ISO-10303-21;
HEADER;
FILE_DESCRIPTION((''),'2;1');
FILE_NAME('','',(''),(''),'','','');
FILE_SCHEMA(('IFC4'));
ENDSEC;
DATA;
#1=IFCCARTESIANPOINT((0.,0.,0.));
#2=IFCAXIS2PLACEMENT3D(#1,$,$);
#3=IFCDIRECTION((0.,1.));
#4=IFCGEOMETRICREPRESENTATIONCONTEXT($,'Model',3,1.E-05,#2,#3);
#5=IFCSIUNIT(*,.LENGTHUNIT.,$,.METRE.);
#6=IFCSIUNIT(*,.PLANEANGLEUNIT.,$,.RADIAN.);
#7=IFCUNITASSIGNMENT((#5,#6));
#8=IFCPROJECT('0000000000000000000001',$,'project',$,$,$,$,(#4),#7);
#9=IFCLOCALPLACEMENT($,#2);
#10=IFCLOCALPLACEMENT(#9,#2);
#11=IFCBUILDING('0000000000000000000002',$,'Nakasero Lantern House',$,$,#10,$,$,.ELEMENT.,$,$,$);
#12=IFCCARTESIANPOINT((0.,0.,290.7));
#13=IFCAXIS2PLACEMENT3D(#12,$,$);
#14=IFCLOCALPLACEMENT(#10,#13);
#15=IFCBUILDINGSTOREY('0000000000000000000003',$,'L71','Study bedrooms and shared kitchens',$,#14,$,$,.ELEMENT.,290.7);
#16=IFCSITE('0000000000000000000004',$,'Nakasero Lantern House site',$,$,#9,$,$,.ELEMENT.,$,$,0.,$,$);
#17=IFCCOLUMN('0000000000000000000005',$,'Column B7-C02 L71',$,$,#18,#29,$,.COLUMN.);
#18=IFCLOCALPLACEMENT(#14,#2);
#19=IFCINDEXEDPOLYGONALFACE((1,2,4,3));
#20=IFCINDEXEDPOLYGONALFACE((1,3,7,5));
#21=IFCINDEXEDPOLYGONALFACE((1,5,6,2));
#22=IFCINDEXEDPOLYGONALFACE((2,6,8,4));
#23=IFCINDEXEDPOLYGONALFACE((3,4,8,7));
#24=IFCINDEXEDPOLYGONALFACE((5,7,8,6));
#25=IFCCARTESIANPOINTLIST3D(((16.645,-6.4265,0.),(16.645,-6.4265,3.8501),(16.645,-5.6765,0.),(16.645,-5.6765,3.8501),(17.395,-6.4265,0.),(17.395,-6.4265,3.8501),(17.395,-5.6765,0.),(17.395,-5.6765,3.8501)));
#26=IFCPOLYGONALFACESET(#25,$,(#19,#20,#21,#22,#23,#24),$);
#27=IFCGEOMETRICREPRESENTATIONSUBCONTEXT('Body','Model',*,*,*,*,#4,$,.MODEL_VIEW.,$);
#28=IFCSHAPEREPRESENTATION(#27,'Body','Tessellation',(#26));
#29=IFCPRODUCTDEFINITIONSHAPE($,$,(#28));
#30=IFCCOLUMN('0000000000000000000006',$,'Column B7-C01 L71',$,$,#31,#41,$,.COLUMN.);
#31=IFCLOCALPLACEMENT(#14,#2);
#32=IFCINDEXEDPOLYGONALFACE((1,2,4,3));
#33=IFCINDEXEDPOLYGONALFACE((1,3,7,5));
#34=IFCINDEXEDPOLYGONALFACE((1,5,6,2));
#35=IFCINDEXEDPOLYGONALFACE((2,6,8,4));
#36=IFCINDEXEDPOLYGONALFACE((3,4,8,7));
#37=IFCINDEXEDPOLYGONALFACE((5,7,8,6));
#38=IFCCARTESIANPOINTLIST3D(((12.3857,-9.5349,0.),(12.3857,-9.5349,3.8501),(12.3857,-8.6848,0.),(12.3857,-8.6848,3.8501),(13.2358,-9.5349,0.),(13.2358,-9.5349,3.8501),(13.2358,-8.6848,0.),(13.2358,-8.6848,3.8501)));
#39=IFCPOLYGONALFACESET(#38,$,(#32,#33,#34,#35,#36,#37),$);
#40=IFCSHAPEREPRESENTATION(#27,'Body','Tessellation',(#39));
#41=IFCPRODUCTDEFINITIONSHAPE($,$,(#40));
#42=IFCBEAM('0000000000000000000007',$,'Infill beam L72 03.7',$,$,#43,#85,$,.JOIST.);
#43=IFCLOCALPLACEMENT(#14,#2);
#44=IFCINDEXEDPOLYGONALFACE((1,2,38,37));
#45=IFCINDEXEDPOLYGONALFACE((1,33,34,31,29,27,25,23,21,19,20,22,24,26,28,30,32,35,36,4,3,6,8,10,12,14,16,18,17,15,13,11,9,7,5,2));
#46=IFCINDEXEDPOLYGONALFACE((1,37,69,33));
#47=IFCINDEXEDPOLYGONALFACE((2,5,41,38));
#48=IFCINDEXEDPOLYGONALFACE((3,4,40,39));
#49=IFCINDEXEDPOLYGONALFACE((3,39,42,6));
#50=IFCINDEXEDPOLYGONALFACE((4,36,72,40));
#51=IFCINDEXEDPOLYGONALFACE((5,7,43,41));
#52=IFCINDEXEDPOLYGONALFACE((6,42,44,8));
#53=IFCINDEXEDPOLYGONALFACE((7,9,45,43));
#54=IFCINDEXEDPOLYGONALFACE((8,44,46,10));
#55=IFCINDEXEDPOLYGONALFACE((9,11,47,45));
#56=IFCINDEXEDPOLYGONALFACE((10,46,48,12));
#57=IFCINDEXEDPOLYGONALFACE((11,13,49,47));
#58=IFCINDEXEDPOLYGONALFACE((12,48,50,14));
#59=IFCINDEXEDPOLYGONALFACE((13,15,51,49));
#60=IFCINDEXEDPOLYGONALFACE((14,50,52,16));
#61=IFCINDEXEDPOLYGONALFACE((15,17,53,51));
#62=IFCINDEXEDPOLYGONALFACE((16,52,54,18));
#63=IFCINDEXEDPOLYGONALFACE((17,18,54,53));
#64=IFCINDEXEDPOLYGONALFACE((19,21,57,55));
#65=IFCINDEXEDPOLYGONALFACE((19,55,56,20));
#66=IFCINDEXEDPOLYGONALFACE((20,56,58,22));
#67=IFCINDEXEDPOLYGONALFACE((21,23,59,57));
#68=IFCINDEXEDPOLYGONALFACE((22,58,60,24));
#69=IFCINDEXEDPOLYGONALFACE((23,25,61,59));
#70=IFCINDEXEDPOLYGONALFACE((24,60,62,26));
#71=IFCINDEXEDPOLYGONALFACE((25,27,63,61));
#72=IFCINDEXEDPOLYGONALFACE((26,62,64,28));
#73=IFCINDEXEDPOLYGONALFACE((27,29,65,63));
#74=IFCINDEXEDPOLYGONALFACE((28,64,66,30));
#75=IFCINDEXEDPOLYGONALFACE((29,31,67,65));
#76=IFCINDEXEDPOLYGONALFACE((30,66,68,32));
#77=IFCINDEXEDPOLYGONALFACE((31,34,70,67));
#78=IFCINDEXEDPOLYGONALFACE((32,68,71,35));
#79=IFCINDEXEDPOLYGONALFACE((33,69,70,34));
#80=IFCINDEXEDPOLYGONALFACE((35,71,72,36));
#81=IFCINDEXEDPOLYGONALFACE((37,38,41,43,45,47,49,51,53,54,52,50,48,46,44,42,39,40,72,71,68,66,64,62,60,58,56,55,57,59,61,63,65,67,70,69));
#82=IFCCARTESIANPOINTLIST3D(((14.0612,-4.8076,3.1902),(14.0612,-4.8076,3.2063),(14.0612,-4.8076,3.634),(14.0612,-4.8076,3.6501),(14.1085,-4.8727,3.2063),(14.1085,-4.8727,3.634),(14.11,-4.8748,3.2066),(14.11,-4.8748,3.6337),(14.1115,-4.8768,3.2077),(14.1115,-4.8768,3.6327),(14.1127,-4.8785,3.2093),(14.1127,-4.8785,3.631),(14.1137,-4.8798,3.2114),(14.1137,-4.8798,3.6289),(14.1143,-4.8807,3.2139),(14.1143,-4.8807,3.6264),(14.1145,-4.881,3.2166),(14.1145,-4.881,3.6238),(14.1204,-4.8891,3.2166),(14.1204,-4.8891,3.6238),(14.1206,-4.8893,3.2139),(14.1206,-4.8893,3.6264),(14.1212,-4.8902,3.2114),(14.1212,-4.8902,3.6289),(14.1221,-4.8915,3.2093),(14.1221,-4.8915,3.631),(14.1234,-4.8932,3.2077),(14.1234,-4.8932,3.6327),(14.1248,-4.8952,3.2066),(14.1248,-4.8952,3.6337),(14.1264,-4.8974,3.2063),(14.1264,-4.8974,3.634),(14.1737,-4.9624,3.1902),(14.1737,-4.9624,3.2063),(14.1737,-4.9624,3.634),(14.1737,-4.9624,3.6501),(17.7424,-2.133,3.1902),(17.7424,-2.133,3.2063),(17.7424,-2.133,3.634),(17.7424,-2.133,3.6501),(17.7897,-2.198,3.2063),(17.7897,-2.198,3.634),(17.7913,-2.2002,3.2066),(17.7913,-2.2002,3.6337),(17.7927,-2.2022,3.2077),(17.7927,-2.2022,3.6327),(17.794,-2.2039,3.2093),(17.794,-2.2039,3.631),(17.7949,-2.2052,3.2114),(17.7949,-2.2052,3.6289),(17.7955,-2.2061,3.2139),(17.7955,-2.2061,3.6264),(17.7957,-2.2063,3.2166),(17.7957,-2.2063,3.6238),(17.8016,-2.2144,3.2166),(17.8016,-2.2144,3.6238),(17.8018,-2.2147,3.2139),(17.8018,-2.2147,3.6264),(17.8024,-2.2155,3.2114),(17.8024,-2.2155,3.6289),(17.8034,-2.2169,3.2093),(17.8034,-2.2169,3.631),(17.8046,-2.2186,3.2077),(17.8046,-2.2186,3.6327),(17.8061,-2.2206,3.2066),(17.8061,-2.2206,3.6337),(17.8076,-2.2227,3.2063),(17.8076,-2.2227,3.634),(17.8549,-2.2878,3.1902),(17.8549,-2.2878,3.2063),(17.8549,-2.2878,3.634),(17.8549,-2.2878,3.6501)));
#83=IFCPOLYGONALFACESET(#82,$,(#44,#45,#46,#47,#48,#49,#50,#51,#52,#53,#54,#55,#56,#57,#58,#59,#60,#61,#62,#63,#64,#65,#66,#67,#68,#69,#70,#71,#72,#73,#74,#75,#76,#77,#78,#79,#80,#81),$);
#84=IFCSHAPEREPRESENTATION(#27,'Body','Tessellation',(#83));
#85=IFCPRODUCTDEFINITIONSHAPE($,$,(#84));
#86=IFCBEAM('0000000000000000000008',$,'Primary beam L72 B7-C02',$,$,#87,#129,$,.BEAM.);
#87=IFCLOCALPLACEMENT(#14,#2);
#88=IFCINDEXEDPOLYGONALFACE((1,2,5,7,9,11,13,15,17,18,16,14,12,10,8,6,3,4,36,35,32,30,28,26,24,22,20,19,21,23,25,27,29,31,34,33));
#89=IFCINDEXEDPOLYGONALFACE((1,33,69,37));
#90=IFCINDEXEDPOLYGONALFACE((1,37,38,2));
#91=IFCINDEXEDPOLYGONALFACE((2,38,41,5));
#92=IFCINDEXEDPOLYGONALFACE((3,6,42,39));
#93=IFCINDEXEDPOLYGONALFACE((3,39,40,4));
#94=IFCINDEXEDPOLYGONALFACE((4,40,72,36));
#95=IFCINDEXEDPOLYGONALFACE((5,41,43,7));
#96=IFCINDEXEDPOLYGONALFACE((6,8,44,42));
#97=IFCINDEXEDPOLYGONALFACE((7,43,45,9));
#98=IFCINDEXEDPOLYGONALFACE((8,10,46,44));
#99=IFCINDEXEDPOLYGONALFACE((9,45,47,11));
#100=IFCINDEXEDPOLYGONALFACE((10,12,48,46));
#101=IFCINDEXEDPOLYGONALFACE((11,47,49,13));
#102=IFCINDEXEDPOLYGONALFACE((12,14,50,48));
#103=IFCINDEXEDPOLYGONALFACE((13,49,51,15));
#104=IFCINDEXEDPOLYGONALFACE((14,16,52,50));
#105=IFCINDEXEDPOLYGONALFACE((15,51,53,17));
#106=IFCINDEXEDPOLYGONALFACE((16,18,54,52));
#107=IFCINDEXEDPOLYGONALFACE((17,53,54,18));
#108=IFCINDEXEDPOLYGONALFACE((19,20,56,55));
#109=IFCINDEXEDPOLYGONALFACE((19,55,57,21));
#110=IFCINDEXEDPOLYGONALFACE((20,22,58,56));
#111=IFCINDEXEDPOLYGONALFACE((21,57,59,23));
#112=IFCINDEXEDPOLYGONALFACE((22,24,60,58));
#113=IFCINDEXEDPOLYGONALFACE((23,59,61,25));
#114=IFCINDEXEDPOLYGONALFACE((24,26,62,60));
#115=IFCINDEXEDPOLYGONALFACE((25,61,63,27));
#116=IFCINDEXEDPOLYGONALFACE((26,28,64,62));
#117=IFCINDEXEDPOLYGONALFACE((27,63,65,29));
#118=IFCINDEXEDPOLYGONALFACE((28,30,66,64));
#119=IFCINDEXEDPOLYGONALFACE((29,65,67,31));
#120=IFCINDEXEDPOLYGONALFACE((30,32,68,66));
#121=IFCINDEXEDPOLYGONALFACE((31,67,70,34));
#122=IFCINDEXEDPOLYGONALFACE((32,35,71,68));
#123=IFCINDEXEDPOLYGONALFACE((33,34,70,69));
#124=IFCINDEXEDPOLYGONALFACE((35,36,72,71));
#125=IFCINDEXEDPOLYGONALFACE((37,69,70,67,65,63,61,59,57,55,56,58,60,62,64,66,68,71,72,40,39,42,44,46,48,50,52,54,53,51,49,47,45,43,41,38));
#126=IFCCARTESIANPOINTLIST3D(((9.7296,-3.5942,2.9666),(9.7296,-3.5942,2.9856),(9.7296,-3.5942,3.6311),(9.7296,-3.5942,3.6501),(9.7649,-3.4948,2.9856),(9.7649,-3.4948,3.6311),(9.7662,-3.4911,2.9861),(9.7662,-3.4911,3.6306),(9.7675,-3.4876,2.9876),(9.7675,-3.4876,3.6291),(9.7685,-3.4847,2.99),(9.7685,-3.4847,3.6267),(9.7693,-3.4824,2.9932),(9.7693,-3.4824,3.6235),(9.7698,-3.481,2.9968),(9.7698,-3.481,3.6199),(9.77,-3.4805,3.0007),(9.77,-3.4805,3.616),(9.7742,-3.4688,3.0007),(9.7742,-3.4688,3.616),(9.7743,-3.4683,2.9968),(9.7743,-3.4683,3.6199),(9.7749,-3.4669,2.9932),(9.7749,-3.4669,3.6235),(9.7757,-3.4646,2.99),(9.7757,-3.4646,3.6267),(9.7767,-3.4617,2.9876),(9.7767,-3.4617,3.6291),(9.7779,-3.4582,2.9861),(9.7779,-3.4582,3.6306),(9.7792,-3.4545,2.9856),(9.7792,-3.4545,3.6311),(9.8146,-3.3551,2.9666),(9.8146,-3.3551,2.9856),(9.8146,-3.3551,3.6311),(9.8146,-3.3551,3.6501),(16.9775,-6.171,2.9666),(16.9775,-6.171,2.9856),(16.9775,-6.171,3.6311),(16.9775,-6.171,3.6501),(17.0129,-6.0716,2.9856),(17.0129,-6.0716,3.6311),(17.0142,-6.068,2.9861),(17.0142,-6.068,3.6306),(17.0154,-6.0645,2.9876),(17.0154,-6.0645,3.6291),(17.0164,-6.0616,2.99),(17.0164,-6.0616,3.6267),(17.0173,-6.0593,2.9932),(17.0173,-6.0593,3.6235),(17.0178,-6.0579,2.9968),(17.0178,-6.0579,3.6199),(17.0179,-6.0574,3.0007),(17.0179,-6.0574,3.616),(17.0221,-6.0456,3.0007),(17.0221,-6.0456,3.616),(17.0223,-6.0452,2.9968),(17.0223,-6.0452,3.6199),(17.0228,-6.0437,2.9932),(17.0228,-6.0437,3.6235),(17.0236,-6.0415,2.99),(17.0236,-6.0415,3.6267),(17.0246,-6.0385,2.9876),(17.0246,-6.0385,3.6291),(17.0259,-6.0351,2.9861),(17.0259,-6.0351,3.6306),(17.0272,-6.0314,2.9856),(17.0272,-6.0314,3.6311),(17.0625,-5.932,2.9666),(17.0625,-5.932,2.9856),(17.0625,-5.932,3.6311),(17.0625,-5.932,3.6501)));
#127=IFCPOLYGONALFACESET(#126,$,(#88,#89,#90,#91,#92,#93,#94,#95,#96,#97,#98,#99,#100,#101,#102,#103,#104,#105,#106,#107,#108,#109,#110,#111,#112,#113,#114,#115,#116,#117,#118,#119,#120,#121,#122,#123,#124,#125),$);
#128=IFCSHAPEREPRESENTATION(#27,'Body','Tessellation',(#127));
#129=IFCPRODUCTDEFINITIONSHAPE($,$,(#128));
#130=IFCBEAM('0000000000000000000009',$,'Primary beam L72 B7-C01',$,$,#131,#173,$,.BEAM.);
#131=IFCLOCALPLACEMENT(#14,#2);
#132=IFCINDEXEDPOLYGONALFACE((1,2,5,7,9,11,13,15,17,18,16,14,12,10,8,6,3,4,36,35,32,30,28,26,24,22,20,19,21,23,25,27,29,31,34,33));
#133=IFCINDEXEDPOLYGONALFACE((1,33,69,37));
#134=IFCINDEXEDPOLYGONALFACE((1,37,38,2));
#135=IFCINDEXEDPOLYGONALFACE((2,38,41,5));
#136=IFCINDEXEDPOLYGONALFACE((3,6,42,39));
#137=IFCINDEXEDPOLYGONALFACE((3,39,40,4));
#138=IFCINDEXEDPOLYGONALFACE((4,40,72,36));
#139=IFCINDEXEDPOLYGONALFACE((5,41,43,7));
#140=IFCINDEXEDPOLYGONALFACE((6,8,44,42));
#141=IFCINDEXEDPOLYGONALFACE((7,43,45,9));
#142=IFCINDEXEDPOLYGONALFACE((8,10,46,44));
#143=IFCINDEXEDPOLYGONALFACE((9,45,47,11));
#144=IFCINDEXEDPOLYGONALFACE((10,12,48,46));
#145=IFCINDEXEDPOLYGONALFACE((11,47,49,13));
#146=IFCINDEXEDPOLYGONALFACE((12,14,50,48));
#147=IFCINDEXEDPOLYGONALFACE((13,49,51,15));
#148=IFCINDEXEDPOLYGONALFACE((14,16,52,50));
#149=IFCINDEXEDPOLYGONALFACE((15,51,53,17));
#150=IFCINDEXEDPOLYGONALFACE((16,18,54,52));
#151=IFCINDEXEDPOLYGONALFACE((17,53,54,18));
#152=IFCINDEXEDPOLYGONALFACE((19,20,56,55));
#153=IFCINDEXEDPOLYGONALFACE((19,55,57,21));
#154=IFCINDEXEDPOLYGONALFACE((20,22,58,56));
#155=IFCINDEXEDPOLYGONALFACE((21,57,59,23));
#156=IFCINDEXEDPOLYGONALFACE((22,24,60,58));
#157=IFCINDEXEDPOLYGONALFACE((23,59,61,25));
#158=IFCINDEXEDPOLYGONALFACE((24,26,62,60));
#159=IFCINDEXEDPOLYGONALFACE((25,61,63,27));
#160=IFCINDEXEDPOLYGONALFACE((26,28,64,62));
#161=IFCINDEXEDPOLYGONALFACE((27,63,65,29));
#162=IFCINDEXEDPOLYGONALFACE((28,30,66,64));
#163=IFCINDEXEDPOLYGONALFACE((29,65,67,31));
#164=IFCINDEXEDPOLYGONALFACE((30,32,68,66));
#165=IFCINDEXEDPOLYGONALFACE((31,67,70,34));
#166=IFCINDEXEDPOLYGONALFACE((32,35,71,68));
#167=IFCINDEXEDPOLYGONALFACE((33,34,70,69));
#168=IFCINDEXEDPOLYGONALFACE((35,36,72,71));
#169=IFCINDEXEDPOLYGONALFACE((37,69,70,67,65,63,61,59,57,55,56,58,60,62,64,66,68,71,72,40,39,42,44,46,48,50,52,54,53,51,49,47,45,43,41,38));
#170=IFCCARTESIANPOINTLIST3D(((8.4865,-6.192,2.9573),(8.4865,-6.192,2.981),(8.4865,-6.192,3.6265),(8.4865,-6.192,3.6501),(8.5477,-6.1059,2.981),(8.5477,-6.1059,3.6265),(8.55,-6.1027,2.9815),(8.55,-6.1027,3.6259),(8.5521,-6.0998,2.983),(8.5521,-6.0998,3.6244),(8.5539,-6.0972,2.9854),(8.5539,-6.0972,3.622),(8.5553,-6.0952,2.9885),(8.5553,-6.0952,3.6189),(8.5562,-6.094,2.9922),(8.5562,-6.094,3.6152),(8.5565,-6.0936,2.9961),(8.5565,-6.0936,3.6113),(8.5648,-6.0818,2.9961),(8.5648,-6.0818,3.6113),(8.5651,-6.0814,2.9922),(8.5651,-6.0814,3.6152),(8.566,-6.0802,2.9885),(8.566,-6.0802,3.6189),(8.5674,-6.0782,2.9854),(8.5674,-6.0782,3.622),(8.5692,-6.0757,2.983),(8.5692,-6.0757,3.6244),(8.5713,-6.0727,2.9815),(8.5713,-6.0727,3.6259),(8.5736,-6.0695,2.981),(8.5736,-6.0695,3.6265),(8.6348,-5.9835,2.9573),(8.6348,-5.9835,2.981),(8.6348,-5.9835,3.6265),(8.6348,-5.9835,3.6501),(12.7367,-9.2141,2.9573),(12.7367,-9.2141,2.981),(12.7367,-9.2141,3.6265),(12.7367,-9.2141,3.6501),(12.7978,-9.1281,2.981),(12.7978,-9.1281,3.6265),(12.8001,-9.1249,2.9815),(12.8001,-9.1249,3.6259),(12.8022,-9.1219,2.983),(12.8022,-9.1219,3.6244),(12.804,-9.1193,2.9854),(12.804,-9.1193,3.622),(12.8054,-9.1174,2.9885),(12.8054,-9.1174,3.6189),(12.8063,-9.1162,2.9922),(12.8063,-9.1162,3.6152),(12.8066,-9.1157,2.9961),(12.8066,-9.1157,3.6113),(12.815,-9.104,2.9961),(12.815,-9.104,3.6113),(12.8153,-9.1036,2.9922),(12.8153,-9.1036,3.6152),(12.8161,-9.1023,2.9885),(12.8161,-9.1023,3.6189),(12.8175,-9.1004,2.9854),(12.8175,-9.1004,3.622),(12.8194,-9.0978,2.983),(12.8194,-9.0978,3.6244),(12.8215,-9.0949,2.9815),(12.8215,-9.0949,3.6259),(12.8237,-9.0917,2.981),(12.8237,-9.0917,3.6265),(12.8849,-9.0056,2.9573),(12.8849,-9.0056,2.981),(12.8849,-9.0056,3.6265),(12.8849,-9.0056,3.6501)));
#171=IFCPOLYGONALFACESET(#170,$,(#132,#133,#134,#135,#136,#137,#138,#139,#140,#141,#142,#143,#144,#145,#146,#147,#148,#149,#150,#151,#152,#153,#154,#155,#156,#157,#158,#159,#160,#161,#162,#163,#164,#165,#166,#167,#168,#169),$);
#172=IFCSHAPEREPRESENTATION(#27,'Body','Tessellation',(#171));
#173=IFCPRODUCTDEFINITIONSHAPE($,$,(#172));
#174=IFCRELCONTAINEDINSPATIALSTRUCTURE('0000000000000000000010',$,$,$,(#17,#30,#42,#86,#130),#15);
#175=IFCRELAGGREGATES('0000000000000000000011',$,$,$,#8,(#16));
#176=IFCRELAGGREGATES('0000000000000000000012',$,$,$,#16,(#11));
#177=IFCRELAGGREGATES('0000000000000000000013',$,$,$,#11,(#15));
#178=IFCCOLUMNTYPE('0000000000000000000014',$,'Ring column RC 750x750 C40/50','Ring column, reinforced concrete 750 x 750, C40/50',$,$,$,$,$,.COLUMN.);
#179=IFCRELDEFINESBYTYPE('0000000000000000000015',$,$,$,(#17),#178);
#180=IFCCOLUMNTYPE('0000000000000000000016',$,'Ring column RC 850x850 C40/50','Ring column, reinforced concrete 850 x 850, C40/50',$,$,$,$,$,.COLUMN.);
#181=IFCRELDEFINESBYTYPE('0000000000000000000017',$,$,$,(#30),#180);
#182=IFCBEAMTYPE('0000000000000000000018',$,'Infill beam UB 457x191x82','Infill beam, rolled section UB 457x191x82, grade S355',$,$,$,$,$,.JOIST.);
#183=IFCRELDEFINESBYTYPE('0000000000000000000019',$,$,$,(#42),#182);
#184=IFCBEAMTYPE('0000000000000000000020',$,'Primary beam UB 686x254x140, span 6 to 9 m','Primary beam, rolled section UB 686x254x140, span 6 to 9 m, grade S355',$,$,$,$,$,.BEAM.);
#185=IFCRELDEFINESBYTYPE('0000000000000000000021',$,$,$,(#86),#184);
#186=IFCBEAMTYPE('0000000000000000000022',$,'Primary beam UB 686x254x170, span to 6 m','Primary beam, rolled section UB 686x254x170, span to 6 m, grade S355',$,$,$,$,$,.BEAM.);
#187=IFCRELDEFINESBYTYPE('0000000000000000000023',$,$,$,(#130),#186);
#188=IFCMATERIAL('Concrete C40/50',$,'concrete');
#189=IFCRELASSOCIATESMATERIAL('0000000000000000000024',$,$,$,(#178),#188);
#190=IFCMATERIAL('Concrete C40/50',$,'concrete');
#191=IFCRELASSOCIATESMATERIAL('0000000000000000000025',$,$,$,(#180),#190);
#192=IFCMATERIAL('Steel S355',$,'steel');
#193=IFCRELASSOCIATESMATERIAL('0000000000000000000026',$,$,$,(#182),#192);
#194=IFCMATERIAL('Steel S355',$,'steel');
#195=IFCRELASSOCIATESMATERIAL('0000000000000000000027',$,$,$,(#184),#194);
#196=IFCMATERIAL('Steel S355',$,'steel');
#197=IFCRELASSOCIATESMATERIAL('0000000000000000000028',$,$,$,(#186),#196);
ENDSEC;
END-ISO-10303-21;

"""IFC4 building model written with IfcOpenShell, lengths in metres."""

from ifc_helpers import new_model, si_unit, direction, frame, origin, origin_2d, place, context, subcontext, project, spatial, rectangle, i_section, extrude, material, material_profile, profile_set, type_object, element, save


model = new_model("IFC4")

# Units and contexts
model_context = context("Model", 3, precision=1e-05, world=origin(), true_north=direction((0.0, 1.0)))
body_context = subcontext(model_context, "Body", "Model", "MODEL_VIEW")
ifc_project = project(units=[si_unit("LENGTHUNIT", "METRE"), si_unit("PLANEANGLEUNIT", "RADIAN")], contexts=[model_context])

# Site, building, storey
site_placement = place(None, origin())
site = spatial("IfcSite", under=ifc_project, at=site_placement, Name="Nakasero Lantern House site", CompositionType="ELEMENT", RefElevation=0.0)
building_placement = place(site_placement, origin())
building = spatial("IfcBuilding", under=site, at=building_placement, Name="Nakasero Lantern House", CompositionType="ELEMENT")
storey_placement = place(building_placement, frame((0.0, 0.0, 290.7)))
storey = spatial("IfcBuildingStorey", under=building, at=storey_placement, Name="L71", Description="Study bedrooms and shared kitchens", CompositionType="ELEMENT", Elevation=290.7)

# Columns
ifc_material_1 = material(Name="Concrete C40/50", Category="concrete")
ifc_material_profile_1 = material_profile(ifc_material_1, rectangle(XDim=0.75, YDim=0.75, at=origin_2d()), Name="RC 750x750")
ifc_profile_set_1 = profile_set([ifc_material_profile_1], Name="Concrete C40/50")
column_type_1 = type_object("IfcColumnType", Name="Ring column RC 750x750 C40/50", Description="Ring column, reinforced concrete 750 x 750, C40/50", PredefinedType="COLUMN", material=ifc_profile_set_1)
column_1_placement = place(storey_placement, frame((17.02, -6.0515, 0.0), z_axis=(0.0, 0.0, 1.0), x_axis=(1.0, 0.0, 0.0)))
element("IfcColumn", 1, at=column_1_placement, inside=storey, type_object=column_type_1, Name="Column B7-C02 L71", PredefinedType="COLUMN", context=body_context, shape_type="SweptSolid", body=[
    extrude(rectangle(XDim=0.75, YDim=0.75, at=origin_2d()), origin(), (0.0, 0.0, 1.0), 3.8501),
])
ifc_material_2 = material(Name="Concrete C40/50", Category="concrete")
ifc_material_profile_2 = material_profile(ifc_material_2, rectangle(XDim=0.8501, YDim=0.8501, at=origin_2d()), Name="RC 850x850")
ifc_profile_set_2 = profile_set([ifc_material_profile_2], Name="Concrete C40/50")
column_type_2 = type_object("IfcColumnType", Name="Ring column RC 850x850 C40/50", Description="Ring column, reinforced concrete 850 x 850, C40/50", PredefinedType="COLUMN", material=ifc_profile_set_2)
column_2_placement = place(storey_placement, frame((12.8108, -9.1099, 0.0), z_axis=(0.0, 0.0, 1.0), x_axis=(1.0, 0.0, 0.0)))
element("IfcColumn", 2, at=column_2_placement, inside=storey, type_object=column_type_2, Name="Column B7-C01 L71", PredefinedType="COLUMN", context=body_context, shape_type="SweptSolid", body=[
    extrude(rectangle(XDim=0.8501, YDim=0.8501, at=origin_2d()), origin(), (0.0, 0.0, 1.0), 3.8501),
])

# Beams
ifc_material_3 = material(Name="Steel S355", Category="steel")
ifc_material_profile_3 = material_profile(ifc_material_3, i_section(OverallWidth=0.1914, OverallDepth=0.46, WebThickness=0.01, FlangeThickness=0.0161, FilletRadius=0.0103, at=origin_2d()), Name="UB 457x191x82")
ifc_profile_set_3 = profile_set([ifc_material_profile_3], Name="Steel S355")
beam_type_1 = type_object("IfcBeamType", Name="Infill beam UB 457x191x82", Description="Infill beam, rolled section UB 457x191x82, grade S355", PredefinedType="JOIST", material=ifc_profile_set_3)
beam_1_placement = place(storey_placement, frame((14.1174, -4.885, 3.4202), z_axis=(0.809012, 0.587792, 0.0), x_axis=(-0.587792, 0.809012, 0.0)))
element("IfcBeam", 3, at=beam_1_placement, inside=storey, type_object=beam_type_1, Name="Infill beam L72 03.7", PredefinedType="JOIST", context=body_context, shape_type="SweptSolid", body=[
    extrude(i_section(OverallWidth=0.1914, OverallDepth=0.46, WebThickness=0.01, FlangeThickness=0.0161, FilletRadius=0.0103, at=origin_2d()), origin(), (0.0, 0.0, 1.0), 4.5503),
])
ifc_material_4 = material(Name="Steel S355", Category="steel")
ifc_material_profile_4 = material_profile(ifc_material_4, i_section(OverallWidth=0.2537, OverallDepth=0.6836, WebThickness=0.0125, FlangeThickness=0.019, FilletRadius=0.0151, at=origin_2d()), Name="UB 686x254x140")
ifc_profile_set_4 = profile_set([ifc_material_profile_4], Name="Steel S355")
beam_type_2 = type_object("IfcBeamType", Name="Primary beam UB 686x254x140, span 6 to 9 m", Description="Primary beam, rolled section UB 686x254x140, span 6 to 9 m, grade S355", PredefinedType="BEAM", material=ifc_profile_set_4)
beam_2_placement = place(storey_placement, frame((17.02, -6.0515, 3.3083), z_axis=(-0.942222, 0.334989, 0.0), x_axis=(-0.334989, -0.942222, 0.0)))
element("IfcBeam", 4, at=beam_2_placement, inside=storey, type_object=beam_type_2, Name="Primary beam L72 B7-C02", PredefinedType="BEAM", context=body_context, shape_type="SweptSolid", body=[
    extrude(i_section(OverallWidth=0.2537, OverallDepth=0.6836, WebThickness=0.0125, FlangeThickness=0.019, FilletRadius=0.0151, at=origin_2d()), origin(), (0.0, 0.0, 1.0), 7.6924),
])
ifc_material_5 = material(Name="Steel S355", Category="steel")
ifc_material_profile_5 = material_profile(ifc_material_5, i_section(OverallWidth=0.2559, OverallDepth=0.6929, WebThickness=0.0144, FlangeThickness=0.0237, FilletRadius=0.0151, at=origin_2d()), Name="UB 686x254x170")
ifc_profile_set_5 = profile_set([ifc_material_profile_5], Name="Steel S355")
beam_type_3 = type_object("IfcBeamType", Name="Primary beam UB 686x254x170, span to 6 m", Description="Primary beam, rolled section UB 686x254x170, span to 6 m, grade S355", PredefinedType="BEAM", material=ifc_profile_set_5)
beam_3_placement = place(storey_placement, frame((12.8108, -9.1099, 3.3037), z_axis=(-0.814972, 0.579501, 0.0), x_axis=(-0.579501, -0.814972, 0.0)))
element("IfcBeam", 5, at=beam_3_placement, inside=storey, type_object=beam_type_3, Name="Primary beam L72 B7-C01", PredefinedType="BEAM", context=body_context, shape_type="SweptSolid", body=[
    extrude(i_section(OverallWidth=0.2559, OverallDepth=0.6929, WebThickness=0.0144, FlangeThickness=0.0237, FilletRadius=0.0151, at=origin_2d()), origin(), (0.0, 0.0, 1.0), 5.2151),
])

save(model, "model.ifc")
